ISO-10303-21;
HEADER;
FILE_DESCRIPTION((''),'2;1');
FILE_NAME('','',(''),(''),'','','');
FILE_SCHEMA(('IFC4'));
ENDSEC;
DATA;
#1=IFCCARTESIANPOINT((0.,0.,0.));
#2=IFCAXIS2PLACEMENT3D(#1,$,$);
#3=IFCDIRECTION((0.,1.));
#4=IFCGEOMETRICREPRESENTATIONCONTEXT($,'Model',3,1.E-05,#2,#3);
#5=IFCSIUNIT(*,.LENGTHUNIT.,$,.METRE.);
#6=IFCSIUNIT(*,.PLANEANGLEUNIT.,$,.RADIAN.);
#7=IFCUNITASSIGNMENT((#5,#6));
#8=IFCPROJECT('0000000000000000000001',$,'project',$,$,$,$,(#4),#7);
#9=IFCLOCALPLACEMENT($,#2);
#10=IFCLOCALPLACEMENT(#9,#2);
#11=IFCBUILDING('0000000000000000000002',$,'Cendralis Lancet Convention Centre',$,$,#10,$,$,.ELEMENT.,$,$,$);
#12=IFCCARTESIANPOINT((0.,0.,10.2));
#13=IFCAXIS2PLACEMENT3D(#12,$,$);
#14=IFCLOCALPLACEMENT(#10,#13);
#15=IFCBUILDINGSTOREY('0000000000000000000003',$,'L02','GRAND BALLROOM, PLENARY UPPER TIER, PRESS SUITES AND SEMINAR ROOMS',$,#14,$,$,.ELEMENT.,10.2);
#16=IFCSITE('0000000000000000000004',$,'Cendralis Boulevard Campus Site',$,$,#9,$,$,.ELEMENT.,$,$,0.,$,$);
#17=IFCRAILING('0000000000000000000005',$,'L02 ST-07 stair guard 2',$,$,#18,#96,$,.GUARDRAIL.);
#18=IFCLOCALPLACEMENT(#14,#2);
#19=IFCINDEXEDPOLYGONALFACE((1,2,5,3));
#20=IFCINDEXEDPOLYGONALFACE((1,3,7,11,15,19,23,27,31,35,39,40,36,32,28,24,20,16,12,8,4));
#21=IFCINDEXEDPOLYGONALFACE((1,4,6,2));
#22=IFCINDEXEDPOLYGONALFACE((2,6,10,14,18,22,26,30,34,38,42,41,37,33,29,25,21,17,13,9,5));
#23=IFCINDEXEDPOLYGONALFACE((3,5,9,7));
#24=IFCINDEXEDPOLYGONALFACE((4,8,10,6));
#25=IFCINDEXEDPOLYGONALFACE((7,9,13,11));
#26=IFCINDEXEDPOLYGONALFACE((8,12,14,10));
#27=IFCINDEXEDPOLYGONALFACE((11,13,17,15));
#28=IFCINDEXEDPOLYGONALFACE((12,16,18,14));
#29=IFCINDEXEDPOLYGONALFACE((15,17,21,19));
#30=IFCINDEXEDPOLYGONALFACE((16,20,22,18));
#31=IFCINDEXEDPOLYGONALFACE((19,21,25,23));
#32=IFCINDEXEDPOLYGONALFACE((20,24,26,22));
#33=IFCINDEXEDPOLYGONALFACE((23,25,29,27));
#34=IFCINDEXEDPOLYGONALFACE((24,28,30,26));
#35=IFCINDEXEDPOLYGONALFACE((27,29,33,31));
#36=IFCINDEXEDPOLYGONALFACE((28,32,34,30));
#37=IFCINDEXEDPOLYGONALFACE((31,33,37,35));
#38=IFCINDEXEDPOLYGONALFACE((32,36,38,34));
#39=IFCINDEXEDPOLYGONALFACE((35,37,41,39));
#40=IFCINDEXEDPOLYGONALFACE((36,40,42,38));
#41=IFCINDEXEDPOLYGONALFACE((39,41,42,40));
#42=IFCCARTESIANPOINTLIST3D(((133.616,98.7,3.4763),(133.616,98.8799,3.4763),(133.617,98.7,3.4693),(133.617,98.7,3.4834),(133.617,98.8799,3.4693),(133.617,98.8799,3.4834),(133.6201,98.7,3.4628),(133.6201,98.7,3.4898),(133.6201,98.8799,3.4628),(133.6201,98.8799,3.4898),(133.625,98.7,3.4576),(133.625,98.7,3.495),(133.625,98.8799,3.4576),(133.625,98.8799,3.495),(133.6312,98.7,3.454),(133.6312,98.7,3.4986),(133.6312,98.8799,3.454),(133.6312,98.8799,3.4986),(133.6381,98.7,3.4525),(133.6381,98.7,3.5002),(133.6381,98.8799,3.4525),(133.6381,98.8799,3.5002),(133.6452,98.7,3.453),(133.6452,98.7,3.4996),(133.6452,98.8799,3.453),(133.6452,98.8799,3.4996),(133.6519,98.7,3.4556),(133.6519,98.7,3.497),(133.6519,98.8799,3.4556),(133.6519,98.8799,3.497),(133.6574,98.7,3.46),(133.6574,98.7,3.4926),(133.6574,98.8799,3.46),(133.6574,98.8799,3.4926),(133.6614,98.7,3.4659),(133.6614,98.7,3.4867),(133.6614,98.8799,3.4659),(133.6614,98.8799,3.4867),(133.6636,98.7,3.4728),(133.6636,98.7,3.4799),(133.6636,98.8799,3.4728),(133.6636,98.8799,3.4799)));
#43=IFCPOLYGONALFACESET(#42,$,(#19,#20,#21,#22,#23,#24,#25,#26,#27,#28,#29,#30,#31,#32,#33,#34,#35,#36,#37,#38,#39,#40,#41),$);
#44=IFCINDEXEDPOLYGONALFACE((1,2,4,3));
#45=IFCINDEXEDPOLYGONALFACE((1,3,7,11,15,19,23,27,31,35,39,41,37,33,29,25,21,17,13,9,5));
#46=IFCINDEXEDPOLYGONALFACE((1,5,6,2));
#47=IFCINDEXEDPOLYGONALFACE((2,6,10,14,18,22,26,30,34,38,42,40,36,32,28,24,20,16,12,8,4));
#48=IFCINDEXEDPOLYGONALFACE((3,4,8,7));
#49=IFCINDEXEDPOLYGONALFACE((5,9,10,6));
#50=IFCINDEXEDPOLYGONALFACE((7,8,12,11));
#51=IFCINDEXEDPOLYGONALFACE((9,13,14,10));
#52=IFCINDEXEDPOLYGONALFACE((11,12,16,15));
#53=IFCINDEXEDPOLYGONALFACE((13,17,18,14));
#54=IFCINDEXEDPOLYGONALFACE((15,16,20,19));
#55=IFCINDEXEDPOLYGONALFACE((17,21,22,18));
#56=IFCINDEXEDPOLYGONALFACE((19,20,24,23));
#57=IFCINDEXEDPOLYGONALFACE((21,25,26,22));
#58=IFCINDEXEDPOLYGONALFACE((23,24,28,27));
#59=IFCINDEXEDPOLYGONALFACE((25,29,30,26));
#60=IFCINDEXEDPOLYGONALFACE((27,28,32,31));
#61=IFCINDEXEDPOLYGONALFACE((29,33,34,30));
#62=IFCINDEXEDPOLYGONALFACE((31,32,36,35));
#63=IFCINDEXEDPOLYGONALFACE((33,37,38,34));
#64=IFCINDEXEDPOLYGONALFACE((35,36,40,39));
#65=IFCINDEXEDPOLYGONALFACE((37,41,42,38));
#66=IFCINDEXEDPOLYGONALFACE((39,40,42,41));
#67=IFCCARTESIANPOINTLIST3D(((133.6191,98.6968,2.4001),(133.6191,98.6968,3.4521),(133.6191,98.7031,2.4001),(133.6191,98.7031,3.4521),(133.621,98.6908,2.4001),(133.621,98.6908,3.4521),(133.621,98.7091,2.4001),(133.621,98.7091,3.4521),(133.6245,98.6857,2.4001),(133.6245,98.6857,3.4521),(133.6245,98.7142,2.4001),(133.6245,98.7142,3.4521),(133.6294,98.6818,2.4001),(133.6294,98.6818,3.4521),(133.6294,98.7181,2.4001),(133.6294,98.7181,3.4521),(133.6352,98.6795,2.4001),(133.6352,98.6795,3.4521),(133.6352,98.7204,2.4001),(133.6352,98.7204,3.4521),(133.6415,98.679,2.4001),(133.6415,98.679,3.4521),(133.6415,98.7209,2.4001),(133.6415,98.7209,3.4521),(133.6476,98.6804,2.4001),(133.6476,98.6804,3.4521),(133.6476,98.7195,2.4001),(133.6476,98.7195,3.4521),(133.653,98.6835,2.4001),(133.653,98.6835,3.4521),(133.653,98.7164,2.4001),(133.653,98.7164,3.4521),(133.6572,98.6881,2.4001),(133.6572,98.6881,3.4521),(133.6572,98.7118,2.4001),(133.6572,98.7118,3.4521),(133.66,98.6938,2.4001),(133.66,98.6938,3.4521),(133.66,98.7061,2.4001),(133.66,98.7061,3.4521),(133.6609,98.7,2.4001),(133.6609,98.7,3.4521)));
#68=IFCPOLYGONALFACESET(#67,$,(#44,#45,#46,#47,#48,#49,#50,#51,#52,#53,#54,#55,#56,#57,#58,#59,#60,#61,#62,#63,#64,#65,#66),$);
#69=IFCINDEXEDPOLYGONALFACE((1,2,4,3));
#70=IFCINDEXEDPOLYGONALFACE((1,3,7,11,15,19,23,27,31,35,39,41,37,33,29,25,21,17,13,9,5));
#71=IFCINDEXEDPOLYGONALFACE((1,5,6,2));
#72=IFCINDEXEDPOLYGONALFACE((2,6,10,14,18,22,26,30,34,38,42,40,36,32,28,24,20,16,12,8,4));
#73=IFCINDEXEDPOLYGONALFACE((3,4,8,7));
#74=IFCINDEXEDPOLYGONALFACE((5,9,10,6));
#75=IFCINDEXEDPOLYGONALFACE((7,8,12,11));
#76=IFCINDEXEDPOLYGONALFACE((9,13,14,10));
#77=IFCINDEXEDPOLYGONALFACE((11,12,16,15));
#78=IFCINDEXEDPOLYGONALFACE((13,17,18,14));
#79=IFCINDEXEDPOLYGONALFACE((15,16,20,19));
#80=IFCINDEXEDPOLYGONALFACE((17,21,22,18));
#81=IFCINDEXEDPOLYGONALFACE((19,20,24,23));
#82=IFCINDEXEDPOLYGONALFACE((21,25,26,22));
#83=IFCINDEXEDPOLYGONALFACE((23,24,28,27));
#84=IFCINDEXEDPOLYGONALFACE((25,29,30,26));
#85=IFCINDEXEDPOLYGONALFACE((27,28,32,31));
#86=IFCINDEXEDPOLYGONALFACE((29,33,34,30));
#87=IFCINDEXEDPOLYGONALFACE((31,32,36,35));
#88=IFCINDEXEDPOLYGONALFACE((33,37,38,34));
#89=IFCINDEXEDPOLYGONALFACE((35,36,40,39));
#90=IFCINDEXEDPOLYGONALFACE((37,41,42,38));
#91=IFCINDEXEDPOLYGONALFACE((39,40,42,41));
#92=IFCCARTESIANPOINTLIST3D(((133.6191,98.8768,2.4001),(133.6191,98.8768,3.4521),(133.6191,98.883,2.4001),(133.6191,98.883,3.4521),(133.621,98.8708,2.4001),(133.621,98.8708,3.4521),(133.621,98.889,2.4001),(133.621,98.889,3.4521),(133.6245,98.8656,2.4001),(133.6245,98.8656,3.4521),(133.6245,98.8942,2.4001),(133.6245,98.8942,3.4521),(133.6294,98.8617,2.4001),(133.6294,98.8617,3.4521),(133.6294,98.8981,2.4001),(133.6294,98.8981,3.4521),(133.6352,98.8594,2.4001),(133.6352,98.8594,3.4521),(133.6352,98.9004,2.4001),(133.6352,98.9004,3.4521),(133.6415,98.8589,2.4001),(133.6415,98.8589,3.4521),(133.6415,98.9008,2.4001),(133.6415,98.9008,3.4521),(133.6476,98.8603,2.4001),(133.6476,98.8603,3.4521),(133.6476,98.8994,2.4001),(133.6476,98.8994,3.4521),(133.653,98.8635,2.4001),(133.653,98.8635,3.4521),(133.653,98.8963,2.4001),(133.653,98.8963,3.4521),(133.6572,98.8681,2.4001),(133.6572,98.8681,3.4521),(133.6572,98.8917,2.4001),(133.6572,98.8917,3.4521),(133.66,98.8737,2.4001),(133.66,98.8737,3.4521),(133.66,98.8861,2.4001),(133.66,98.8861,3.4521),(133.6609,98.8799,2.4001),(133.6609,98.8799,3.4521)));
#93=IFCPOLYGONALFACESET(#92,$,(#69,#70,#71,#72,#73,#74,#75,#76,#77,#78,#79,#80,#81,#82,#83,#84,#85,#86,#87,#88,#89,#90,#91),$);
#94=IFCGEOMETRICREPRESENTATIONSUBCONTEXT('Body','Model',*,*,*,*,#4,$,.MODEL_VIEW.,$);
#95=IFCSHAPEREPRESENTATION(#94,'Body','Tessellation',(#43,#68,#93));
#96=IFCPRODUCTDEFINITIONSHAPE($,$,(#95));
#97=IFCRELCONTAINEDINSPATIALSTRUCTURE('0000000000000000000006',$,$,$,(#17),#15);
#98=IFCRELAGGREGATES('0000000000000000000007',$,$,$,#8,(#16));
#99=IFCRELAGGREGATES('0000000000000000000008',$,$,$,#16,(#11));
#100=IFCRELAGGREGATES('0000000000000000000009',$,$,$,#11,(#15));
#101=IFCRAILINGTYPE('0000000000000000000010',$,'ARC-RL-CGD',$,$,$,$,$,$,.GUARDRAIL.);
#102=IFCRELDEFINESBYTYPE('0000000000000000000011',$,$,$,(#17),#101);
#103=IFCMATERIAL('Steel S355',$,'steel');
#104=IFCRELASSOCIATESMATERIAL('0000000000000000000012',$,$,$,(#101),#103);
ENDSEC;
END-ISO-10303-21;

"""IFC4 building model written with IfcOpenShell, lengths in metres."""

from ifc_helpers import new_model, si_unit, direction, frame, origin, origin_2d, place, context, subcontext, project, spatial, circle, extrude, material, type_object, element, save


model = new_model("IFC4")

# Units and contexts
model_context = context("Model", 3, precision=1e-05, world=origin(), true_north=direction((0.0, 1.0)))
body_context = subcontext(model_context, "Body", "Model", "MODEL_VIEW")
ifc_project = project(units=[si_unit("LENGTHUNIT", "METRE"), si_unit("PLANEANGLEUNIT", "RADIAN")], contexts=[model_context])

# Site, building, storey
site_placement = place(None, origin())
site = spatial("IfcSite", under=ifc_project, at=site_placement, Name="Cendralis Boulevard Campus Site", CompositionType="ELEMENT", RefElevation=0.0)
building_placement = place(site_placement, origin())
building = spatial("IfcBuilding", under=site, at=building_placement, Name="Cendralis Lancet Convention Centre", CompositionType="ELEMENT")
storey_placement = place(building_placement, frame((0.0, 0.0, 10.2)))
storey = spatial("IfcBuildingStorey", under=building, at=storey_placement, Name="L02", Description="GRAND BALLROOM, PLENARY UPPER TIER, PRESS SUITES AND SEMINAR ROOMS", CompositionType="ELEMENT", Elevation=10.2)

# Shared definitions
ifc_material_1 = material(Name="Steel S355", Category="steel")

# Railing
railing_type_1 = type_object("IfcRailingType", Name="ARC-RL-CGD", PredefinedType="GUARDRAIL", material=ifc_material_1)
railing_1_placement = place(storey_placement, frame((133.6399, 98.7, 2.4001)))
element("IfcRailing", 1, at=railing_1_placement, inside=storey, type_object=railing_type_1, Name="L02 ST-07 stair guard 2", PredefinedType="GUARDRAIL", context=body_context, shape_type="SweptSolid", body=[
    extrude(circle(Radius=0.0239, at=origin_2d()), frame((0.0, 0.0, 1.0762), z_axis=(0.0, 1.0, 0.0), x_axis=(-1.0, 0.0, 0.0)), (0.0, 0.0, 1.0), 0.1799),
    extrude(circle(Radius=0.021, at=origin_2d()), origin(), (0.0, 0.0, 1.0), 1.052),
    extrude(circle(Radius=0.021, at=origin_2d()), frame((0.0, 0.1799, 0.0)), (0.0, 0.0, 1.0), 1.052),
])

save(model, "model.ifc")
